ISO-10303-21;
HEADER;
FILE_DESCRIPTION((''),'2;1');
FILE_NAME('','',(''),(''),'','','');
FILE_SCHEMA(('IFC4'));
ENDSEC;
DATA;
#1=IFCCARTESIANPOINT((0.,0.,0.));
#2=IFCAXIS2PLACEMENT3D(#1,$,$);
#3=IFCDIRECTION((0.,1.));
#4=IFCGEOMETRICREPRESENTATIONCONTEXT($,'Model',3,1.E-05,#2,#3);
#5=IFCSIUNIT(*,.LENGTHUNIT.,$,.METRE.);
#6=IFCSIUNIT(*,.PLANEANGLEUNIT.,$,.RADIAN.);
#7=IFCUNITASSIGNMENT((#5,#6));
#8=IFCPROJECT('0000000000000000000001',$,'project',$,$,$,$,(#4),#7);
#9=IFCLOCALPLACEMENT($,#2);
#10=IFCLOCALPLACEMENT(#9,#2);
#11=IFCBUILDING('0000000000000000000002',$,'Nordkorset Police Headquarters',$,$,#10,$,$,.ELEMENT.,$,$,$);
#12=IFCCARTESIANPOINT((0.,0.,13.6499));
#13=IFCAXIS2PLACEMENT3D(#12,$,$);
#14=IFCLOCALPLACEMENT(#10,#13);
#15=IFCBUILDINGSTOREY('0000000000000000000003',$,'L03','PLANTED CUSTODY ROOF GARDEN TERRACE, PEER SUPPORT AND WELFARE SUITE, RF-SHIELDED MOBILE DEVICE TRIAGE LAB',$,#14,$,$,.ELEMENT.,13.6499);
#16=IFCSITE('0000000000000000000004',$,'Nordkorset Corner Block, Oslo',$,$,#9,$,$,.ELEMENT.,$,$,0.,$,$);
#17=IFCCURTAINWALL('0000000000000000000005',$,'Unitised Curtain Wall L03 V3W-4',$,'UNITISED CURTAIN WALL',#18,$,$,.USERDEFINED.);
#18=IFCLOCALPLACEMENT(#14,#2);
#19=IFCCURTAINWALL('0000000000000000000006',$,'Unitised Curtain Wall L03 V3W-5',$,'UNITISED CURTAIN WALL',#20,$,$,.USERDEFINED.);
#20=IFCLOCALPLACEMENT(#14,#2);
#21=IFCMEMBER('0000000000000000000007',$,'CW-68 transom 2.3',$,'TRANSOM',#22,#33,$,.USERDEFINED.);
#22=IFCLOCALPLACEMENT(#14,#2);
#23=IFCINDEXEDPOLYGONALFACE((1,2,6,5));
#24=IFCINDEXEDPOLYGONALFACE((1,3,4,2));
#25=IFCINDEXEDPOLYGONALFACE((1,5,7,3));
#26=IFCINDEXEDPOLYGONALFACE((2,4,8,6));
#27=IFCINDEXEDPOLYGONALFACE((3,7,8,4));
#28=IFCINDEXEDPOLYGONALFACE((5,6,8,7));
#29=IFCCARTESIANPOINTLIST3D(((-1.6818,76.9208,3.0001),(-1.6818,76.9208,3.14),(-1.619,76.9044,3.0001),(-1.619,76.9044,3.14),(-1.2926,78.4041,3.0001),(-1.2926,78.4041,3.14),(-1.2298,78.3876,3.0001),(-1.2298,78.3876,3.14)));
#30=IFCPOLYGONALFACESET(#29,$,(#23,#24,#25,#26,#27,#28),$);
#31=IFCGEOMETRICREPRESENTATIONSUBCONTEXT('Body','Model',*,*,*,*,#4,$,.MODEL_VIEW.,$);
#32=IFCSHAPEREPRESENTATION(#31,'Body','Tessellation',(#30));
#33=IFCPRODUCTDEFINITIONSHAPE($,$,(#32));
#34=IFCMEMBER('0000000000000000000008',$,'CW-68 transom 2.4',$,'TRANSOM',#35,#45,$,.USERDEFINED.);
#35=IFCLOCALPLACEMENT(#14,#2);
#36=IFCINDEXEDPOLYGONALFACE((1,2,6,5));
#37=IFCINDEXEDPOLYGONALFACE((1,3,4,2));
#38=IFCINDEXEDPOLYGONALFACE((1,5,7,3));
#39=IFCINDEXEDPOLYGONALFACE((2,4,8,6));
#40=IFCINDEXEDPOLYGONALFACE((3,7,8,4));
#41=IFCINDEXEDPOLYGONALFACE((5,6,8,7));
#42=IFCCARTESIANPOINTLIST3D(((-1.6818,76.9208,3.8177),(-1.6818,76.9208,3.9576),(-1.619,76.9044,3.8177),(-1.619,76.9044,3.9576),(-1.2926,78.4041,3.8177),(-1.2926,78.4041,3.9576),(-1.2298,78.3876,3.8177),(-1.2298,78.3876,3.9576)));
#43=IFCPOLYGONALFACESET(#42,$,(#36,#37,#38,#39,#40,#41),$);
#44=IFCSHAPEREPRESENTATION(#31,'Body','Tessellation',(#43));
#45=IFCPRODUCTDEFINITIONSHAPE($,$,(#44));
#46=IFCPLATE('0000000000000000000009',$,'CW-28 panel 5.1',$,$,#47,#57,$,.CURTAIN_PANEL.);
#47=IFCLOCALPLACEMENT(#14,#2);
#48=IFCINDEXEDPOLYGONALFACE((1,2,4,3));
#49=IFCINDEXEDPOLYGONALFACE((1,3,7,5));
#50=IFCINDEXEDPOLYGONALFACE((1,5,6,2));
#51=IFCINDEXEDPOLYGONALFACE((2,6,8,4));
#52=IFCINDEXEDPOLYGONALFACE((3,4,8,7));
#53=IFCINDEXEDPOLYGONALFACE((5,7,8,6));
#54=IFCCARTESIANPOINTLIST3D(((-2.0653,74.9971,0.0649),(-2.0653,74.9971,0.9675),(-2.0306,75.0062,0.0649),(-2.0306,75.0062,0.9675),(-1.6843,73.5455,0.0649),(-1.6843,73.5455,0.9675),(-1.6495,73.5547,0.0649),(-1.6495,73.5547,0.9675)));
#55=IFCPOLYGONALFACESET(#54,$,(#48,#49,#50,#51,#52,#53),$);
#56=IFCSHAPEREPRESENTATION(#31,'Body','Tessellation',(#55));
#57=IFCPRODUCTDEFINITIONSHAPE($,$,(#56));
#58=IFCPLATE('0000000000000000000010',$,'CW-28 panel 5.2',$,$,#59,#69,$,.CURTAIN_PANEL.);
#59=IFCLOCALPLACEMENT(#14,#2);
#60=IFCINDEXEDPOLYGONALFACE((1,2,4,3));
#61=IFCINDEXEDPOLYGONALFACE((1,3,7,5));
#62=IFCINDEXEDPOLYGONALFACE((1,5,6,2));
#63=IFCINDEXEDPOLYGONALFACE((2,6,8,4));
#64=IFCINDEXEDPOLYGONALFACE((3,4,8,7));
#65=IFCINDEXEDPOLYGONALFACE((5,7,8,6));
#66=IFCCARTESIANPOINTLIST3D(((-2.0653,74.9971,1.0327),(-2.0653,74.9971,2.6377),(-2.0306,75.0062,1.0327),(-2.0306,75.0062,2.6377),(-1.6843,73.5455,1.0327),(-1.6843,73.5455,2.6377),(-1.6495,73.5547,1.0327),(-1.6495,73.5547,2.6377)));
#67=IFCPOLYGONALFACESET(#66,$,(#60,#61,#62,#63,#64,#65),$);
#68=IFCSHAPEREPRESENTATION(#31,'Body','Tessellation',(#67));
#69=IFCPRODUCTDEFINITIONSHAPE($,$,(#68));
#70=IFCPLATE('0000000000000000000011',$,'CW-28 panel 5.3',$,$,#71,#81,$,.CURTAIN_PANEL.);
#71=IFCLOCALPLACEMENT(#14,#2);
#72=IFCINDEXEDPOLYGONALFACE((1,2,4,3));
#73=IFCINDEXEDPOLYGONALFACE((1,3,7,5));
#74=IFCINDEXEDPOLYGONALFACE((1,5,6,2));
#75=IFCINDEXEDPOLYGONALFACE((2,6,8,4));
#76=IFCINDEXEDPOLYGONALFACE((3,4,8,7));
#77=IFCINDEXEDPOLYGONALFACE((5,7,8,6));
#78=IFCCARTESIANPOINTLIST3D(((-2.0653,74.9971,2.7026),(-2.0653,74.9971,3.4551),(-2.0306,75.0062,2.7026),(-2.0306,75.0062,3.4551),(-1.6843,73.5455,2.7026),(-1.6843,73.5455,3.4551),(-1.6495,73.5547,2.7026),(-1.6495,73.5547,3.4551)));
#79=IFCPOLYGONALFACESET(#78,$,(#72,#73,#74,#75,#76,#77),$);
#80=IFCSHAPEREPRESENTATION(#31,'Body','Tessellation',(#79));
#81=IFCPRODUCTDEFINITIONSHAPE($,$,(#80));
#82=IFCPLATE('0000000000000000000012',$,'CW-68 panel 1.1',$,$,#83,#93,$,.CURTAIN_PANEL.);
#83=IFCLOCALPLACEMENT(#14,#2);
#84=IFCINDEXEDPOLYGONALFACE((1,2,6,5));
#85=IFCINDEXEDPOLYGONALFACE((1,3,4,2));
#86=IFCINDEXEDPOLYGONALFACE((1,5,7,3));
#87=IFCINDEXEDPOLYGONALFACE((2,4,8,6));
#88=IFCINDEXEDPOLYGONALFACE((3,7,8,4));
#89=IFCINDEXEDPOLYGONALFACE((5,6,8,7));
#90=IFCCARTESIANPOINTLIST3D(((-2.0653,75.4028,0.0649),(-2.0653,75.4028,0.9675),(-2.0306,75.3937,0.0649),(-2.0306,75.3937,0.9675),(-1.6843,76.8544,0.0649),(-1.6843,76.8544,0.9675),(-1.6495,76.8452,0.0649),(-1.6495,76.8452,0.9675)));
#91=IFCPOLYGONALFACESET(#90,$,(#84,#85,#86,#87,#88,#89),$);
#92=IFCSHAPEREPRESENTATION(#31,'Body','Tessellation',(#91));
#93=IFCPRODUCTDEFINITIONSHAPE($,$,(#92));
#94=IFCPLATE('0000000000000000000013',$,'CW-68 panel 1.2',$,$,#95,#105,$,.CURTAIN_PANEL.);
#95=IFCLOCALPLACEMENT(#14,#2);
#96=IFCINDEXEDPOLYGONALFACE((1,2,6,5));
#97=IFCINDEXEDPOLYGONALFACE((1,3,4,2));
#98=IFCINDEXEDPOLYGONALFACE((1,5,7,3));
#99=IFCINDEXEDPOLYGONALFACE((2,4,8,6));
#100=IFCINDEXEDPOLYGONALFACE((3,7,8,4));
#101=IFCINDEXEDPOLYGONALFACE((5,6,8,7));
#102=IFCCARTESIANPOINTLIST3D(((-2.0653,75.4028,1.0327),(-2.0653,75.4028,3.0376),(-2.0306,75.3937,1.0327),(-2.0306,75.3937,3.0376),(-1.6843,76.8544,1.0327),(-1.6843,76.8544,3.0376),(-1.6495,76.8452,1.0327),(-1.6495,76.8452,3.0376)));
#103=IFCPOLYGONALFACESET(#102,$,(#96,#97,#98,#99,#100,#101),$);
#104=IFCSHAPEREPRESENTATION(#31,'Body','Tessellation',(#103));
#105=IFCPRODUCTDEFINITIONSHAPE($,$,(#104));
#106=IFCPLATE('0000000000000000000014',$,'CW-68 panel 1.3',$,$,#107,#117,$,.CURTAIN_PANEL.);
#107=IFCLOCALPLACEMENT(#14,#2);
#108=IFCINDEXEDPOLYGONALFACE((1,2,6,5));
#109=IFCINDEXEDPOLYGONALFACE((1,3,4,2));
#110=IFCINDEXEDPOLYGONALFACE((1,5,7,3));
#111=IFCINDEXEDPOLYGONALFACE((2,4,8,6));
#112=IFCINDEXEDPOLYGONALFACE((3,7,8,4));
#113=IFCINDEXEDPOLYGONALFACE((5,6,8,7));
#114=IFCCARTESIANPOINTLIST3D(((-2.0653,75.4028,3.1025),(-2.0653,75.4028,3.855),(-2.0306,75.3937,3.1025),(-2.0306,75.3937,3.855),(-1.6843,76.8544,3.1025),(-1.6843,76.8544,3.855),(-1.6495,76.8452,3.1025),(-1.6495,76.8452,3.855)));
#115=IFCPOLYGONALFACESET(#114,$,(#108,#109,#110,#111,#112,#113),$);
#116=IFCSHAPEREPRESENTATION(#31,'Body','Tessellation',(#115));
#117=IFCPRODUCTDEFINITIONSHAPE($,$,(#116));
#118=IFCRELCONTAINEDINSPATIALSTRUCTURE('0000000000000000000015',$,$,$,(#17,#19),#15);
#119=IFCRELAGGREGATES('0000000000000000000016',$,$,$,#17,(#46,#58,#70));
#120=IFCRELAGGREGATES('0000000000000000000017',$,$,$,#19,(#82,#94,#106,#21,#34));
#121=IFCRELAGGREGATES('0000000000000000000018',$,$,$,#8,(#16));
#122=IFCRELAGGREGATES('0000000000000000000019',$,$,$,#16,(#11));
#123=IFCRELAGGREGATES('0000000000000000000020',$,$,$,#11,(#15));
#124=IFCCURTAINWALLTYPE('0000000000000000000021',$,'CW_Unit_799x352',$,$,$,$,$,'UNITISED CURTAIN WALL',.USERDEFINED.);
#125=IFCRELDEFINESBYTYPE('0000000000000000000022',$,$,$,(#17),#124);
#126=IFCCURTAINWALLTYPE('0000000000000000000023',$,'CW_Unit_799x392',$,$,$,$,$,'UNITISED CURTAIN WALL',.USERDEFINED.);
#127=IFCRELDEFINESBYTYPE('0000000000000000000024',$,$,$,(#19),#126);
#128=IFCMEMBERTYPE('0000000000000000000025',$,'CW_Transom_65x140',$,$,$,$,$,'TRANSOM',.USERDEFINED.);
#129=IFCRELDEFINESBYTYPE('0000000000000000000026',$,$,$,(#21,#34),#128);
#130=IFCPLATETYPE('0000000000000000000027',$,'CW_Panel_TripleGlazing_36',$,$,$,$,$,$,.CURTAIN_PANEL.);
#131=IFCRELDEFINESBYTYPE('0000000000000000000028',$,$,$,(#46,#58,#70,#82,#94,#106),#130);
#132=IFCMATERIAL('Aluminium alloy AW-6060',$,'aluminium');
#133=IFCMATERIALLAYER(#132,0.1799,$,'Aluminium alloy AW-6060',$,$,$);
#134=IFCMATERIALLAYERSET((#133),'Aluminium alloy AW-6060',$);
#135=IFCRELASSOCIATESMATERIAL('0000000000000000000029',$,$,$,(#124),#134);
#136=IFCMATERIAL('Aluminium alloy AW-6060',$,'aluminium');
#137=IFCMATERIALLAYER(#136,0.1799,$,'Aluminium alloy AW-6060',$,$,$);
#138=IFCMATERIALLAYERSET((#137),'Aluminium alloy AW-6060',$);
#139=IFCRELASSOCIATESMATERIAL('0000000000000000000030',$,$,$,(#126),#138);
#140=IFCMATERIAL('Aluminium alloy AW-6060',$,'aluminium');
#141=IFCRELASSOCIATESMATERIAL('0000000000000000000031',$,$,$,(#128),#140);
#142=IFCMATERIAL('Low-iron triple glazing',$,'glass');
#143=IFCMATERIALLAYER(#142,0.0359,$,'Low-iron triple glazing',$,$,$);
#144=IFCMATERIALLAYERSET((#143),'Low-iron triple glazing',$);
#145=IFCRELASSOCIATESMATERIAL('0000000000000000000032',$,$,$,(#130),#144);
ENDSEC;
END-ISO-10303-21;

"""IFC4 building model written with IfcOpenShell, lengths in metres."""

from ifc_helpers import new_model, si_unit, direction, frame, origin, origin_2d, place, context, subcontext, project, spatial, rectangle, extrude, material, layer, layer_set, material_profile, profile_set, type_object, element, aggregate, save


model = new_model("IFC4")

# Units and contexts
model_context = context("Model", 3, precision=1e-05, world=origin(), true_north=direction((0.0, 1.0)))
body_context = subcontext(model_context, "Body", "Model", "MODEL_VIEW")
ifc_project = project(units=[si_unit("LENGTHUNIT", "METRE"), si_unit("PLANEANGLEUNIT", "RADIAN")], contexts=[model_context])

# Site, building, storey
site_placement = place(None, origin())
site = spatial("IfcSite", under=ifc_project, at=site_placement, Name="Nordkorset Corner Block, Oslo", CompositionType="ELEMENT", RefElevation=0.0)
building_placement = place(site_placement, origin())
building = spatial("IfcBuilding", under=site, at=building_placement, Name="Nordkorset Police Headquarters", CompositionType="ELEMENT")
storey_placement = place(building_placement, frame((0.0, 0.0, 13.6499)))
storey = spatial("IfcBuildingStorey", under=building, at=storey_placement, Name="L03", Description="PLANTED CUSTODY ROOF GARDEN TERRACE, PEER SUPPORT AND WELFARE SUITE, RF-SHIELDED MOBILE DEVICE TRIAGE LAB", CompositionType="ELEMENT", Elevation=13.6499)

# Curtain walls
ifc_material_1 = material(Name="Aluminium alloy AW-6060", Category="aluminium")
ifc_layer_1 = layer(ifc_material_1, 0.1799, Name="Aluminium alloy AW-6060")
ifc_layer_set_1 = layer_set([ifc_layer_1], Name="Aluminium alloy AW-6060")
curtain_wall_type_1 = type_object("IfcCurtainWallType", Name="CW_Unit_799x352", ElementType="UNITISED CURTAIN WALL", PredefinedType="USERDEFINED", material=ifc_layer_set_1)
curtain_wall_1_placement = place(storey_placement, origin())
curtain_wall_1 = element("IfcCurtainWall", 1, at=curtain_wall_1_placement, inside=storey, type_object=curtain_wall_type_1, Name="Unitised Curtain Wall L03 V3W-4", ObjectType="UNITISED CURTAIN WALL", PredefinedType="USERDEFINED")
ifc_material_2 = material(Name="Aluminium alloy AW-6060", Category="aluminium")
ifc_layer_2 = layer(ifc_material_2, 0.1799, Name="Aluminium alloy AW-6060")
ifc_layer_set_2 = layer_set([ifc_layer_2], Name="Aluminium alloy AW-6060")
curtain_wall_type_2 = type_object("IfcCurtainWallType", Name="CW_Unit_799x392", ElementType="UNITISED CURTAIN WALL", PredefinedType="USERDEFINED", material=ifc_layer_set_2)
curtain_wall_2_placement = place(storey_placement, origin())
curtain_wall_2 = element("IfcCurtainWall", 2, at=curtain_wall_2_placement, inside=storey, type_object=curtain_wall_type_2, Name="Unitised Curtain Wall L03 V3W-5", ObjectType="UNITISED CURTAIN WALL", PredefinedType="USERDEFINED")

# Members
ifc_material_3 = material(Name="Aluminium alloy AW-6060", Category="aluminium")
ifc_material_profile_1 = material_profile(ifc_material_3, rectangle(XDim=0.0649, YDim=0.1399, at=origin_2d()), Name="ALU TRAN 65x140")
ifc_profile_set_1 = profile_set([ifc_material_profile_1], Name="Aluminium alloy AW-6060")
member_type_1 = type_object("IfcMemberType", Name="CW_Transom_65x140", ElementType="TRANSOM", PredefinedType="USERDEFINED", material=ifc_profile_set_1)
member_1_placement = place(storey_placement, frame((-1.6504, 76.9126, 3.0701), z_axis=(0.253796, 0.967258, 0.0), x_axis=(-0.967258, 0.253796, 0.0)))
member_1 = element("IfcMember", 3, at=member_1_placement, type_object=member_type_1, Name="CW-68 transom 2.3", ObjectType="TRANSOM", PredefinedType="USERDEFINED", context=body_context, shape_type="SweptSolid", body=[
    extrude(rectangle(XDim=0.0649, YDim=0.1399, at=origin_2d()), origin(), (0.0, 0.0, 1.0), 1.5334),
])
member_2_placement = place(storey_placement, frame((-1.6504, 76.9126, 3.8877), z_axis=(0.253796, 0.967258, 0.0), x_axis=(-0.967258, 0.253796, 0.0)))
member_2 = element("IfcMember", 4, at=member_2_placement, type_object=member_type_1, Name="CW-68 transom 2.4", ObjectType="TRANSOM", PredefinedType="USERDEFINED", context=body_context, shape_type="SweptSolid", body=[
    extrude(rectangle(XDim=0.0649, YDim=0.1399, at=origin_2d()), origin(), (0.0, 0.0, 1.0), 1.5334),
])

# Plates
ifc_material_4 = material(Name="Low-iron triple glazing", Category="glass")
ifc_layer_3 = layer(ifc_material_4, 0.0359, Name="Low-iron triple glazing")
ifc_layer_set_3 = layer_set([ifc_layer_3], Name="Low-iron triple glazing")
plate_type = type_object("IfcPlateType", Name="CW_Panel_TripleGlazing_36", PredefinedType="CURTAIN_PANEL", material=ifc_layer_set_3)
plate_1_placement = place(storey_placement, frame((-1.8574, 74.2759, 0.0649), z_axis=(0.0, 0.0, 1.0), x_axis=(-0.253897, 0.967231, 0.0)))
plate_1 = element("IfcPlate", 5, at=plate_1_placement, type_object=plate_type, Name="CW-28 panel 5.1", PredefinedType="CURTAIN_PANEL", context=body_context, shape_type="SweptSolid", body=[
    extrude(rectangle(XDim=1.5007, YDim=0.0359, at=origin_2d()), origin(), (0.0, 0.0, 1.0), 0.9026),
])
plate_2_placement = place(storey_placement, frame((-1.8574, 74.2759, 1.0327), z_axis=(0.0, 0.0, 1.0), x_axis=(-0.253897, 0.967231, 0.0)))
plate_2 = element("IfcPlate", 6, at=plate_2_placement, type_object=plate_type, Name="CW-28 panel 5.2", PredefinedType="CURTAIN_PANEL", context=body_context, shape_type="SweptSolid", body=[
    extrude(rectangle(XDim=1.5007, YDim=0.0359, at=origin_2d()), origin(), (0.0, 0.0, 1.0), 1.605),
])
plate_3_placement = place(storey_placement, frame((-1.8574, 74.2759, 2.7026), z_axis=(0.0, 0.0, 1.0), x_axis=(-0.253897, 0.967231, 0.0)))
plate_3 = element("IfcPlate", 7, at=plate_3_placement, type_object=plate_type, Name="CW-28 panel 5.3", PredefinedType="CURTAIN_PANEL", context=body_context, shape_type="SweptSolid", body=[
    extrude(rectangle(XDim=1.5007, YDim=0.0359, at=origin_2d()), origin(), (0.0, 0.0, 1.0), 0.7524),
])
aggregate(curtain_wall_1, [plate_1, plate_2, plate_3])
plate_4_placement = place(storey_placement, frame((-1.8574, 76.124, 0.0649), z_axis=(0.0, 0.0, 1.0), x_axis=(0.253897, 0.967231, 0.0)))
plate_4 = element("IfcPlate", 8, at=plate_4_placement, type_object=plate_type, Name="CW-68 panel 1.1", PredefinedType="CURTAIN_PANEL", context=body_context, shape_type="SweptSolid", body=[
    extrude(rectangle(XDim=1.5007, YDim=0.0359, at=origin_2d()), origin(), (0.0, 0.0, 1.0), 0.9026),
])
plate_5_placement = place(storey_placement, frame((-1.8574, 76.124, 1.0327), z_axis=(0.0, 0.0, 1.0), x_axis=(0.253897, 0.967231, 0.0)))
plate_5 = element("IfcPlate", 9, at=plate_5_placement, type_object=plate_type, Name="CW-68 panel 1.2", PredefinedType="CURTAIN_PANEL", context=body_context, shape_type="SweptSolid", body=[
    extrude(rectangle(XDim=1.5007, YDim=0.0359, at=origin_2d()), origin(), (0.0, 0.0, 1.0), 2.0049),
])
plate_6_placement = place(storey_placement, frame((-1.8574, 76.124, 3.1025), z_axis=(0.0, 0.0, 1.0), x_axis=(0.253897, 0.967231, 0.0)))
plate_6 = element("IfcPlate", 10, at=plate_6_placement, type_object=plate_type, Name="CW-68 panel 1.3", PredefinedType="CURTAIN_PANEL", context=body_context, shape_type="SweptSolid", body=[
    extrude(rectangle(XDim=1.5007, YDim=0.0359, at=origin_2d()), origin(), (0.0, 0.0, 1.0), 0.7524),
])
aggregate(curtain_wall_2, [plate_4, plate_5, plate_6, member_1, member_2])

save(model, "model.ifc")
